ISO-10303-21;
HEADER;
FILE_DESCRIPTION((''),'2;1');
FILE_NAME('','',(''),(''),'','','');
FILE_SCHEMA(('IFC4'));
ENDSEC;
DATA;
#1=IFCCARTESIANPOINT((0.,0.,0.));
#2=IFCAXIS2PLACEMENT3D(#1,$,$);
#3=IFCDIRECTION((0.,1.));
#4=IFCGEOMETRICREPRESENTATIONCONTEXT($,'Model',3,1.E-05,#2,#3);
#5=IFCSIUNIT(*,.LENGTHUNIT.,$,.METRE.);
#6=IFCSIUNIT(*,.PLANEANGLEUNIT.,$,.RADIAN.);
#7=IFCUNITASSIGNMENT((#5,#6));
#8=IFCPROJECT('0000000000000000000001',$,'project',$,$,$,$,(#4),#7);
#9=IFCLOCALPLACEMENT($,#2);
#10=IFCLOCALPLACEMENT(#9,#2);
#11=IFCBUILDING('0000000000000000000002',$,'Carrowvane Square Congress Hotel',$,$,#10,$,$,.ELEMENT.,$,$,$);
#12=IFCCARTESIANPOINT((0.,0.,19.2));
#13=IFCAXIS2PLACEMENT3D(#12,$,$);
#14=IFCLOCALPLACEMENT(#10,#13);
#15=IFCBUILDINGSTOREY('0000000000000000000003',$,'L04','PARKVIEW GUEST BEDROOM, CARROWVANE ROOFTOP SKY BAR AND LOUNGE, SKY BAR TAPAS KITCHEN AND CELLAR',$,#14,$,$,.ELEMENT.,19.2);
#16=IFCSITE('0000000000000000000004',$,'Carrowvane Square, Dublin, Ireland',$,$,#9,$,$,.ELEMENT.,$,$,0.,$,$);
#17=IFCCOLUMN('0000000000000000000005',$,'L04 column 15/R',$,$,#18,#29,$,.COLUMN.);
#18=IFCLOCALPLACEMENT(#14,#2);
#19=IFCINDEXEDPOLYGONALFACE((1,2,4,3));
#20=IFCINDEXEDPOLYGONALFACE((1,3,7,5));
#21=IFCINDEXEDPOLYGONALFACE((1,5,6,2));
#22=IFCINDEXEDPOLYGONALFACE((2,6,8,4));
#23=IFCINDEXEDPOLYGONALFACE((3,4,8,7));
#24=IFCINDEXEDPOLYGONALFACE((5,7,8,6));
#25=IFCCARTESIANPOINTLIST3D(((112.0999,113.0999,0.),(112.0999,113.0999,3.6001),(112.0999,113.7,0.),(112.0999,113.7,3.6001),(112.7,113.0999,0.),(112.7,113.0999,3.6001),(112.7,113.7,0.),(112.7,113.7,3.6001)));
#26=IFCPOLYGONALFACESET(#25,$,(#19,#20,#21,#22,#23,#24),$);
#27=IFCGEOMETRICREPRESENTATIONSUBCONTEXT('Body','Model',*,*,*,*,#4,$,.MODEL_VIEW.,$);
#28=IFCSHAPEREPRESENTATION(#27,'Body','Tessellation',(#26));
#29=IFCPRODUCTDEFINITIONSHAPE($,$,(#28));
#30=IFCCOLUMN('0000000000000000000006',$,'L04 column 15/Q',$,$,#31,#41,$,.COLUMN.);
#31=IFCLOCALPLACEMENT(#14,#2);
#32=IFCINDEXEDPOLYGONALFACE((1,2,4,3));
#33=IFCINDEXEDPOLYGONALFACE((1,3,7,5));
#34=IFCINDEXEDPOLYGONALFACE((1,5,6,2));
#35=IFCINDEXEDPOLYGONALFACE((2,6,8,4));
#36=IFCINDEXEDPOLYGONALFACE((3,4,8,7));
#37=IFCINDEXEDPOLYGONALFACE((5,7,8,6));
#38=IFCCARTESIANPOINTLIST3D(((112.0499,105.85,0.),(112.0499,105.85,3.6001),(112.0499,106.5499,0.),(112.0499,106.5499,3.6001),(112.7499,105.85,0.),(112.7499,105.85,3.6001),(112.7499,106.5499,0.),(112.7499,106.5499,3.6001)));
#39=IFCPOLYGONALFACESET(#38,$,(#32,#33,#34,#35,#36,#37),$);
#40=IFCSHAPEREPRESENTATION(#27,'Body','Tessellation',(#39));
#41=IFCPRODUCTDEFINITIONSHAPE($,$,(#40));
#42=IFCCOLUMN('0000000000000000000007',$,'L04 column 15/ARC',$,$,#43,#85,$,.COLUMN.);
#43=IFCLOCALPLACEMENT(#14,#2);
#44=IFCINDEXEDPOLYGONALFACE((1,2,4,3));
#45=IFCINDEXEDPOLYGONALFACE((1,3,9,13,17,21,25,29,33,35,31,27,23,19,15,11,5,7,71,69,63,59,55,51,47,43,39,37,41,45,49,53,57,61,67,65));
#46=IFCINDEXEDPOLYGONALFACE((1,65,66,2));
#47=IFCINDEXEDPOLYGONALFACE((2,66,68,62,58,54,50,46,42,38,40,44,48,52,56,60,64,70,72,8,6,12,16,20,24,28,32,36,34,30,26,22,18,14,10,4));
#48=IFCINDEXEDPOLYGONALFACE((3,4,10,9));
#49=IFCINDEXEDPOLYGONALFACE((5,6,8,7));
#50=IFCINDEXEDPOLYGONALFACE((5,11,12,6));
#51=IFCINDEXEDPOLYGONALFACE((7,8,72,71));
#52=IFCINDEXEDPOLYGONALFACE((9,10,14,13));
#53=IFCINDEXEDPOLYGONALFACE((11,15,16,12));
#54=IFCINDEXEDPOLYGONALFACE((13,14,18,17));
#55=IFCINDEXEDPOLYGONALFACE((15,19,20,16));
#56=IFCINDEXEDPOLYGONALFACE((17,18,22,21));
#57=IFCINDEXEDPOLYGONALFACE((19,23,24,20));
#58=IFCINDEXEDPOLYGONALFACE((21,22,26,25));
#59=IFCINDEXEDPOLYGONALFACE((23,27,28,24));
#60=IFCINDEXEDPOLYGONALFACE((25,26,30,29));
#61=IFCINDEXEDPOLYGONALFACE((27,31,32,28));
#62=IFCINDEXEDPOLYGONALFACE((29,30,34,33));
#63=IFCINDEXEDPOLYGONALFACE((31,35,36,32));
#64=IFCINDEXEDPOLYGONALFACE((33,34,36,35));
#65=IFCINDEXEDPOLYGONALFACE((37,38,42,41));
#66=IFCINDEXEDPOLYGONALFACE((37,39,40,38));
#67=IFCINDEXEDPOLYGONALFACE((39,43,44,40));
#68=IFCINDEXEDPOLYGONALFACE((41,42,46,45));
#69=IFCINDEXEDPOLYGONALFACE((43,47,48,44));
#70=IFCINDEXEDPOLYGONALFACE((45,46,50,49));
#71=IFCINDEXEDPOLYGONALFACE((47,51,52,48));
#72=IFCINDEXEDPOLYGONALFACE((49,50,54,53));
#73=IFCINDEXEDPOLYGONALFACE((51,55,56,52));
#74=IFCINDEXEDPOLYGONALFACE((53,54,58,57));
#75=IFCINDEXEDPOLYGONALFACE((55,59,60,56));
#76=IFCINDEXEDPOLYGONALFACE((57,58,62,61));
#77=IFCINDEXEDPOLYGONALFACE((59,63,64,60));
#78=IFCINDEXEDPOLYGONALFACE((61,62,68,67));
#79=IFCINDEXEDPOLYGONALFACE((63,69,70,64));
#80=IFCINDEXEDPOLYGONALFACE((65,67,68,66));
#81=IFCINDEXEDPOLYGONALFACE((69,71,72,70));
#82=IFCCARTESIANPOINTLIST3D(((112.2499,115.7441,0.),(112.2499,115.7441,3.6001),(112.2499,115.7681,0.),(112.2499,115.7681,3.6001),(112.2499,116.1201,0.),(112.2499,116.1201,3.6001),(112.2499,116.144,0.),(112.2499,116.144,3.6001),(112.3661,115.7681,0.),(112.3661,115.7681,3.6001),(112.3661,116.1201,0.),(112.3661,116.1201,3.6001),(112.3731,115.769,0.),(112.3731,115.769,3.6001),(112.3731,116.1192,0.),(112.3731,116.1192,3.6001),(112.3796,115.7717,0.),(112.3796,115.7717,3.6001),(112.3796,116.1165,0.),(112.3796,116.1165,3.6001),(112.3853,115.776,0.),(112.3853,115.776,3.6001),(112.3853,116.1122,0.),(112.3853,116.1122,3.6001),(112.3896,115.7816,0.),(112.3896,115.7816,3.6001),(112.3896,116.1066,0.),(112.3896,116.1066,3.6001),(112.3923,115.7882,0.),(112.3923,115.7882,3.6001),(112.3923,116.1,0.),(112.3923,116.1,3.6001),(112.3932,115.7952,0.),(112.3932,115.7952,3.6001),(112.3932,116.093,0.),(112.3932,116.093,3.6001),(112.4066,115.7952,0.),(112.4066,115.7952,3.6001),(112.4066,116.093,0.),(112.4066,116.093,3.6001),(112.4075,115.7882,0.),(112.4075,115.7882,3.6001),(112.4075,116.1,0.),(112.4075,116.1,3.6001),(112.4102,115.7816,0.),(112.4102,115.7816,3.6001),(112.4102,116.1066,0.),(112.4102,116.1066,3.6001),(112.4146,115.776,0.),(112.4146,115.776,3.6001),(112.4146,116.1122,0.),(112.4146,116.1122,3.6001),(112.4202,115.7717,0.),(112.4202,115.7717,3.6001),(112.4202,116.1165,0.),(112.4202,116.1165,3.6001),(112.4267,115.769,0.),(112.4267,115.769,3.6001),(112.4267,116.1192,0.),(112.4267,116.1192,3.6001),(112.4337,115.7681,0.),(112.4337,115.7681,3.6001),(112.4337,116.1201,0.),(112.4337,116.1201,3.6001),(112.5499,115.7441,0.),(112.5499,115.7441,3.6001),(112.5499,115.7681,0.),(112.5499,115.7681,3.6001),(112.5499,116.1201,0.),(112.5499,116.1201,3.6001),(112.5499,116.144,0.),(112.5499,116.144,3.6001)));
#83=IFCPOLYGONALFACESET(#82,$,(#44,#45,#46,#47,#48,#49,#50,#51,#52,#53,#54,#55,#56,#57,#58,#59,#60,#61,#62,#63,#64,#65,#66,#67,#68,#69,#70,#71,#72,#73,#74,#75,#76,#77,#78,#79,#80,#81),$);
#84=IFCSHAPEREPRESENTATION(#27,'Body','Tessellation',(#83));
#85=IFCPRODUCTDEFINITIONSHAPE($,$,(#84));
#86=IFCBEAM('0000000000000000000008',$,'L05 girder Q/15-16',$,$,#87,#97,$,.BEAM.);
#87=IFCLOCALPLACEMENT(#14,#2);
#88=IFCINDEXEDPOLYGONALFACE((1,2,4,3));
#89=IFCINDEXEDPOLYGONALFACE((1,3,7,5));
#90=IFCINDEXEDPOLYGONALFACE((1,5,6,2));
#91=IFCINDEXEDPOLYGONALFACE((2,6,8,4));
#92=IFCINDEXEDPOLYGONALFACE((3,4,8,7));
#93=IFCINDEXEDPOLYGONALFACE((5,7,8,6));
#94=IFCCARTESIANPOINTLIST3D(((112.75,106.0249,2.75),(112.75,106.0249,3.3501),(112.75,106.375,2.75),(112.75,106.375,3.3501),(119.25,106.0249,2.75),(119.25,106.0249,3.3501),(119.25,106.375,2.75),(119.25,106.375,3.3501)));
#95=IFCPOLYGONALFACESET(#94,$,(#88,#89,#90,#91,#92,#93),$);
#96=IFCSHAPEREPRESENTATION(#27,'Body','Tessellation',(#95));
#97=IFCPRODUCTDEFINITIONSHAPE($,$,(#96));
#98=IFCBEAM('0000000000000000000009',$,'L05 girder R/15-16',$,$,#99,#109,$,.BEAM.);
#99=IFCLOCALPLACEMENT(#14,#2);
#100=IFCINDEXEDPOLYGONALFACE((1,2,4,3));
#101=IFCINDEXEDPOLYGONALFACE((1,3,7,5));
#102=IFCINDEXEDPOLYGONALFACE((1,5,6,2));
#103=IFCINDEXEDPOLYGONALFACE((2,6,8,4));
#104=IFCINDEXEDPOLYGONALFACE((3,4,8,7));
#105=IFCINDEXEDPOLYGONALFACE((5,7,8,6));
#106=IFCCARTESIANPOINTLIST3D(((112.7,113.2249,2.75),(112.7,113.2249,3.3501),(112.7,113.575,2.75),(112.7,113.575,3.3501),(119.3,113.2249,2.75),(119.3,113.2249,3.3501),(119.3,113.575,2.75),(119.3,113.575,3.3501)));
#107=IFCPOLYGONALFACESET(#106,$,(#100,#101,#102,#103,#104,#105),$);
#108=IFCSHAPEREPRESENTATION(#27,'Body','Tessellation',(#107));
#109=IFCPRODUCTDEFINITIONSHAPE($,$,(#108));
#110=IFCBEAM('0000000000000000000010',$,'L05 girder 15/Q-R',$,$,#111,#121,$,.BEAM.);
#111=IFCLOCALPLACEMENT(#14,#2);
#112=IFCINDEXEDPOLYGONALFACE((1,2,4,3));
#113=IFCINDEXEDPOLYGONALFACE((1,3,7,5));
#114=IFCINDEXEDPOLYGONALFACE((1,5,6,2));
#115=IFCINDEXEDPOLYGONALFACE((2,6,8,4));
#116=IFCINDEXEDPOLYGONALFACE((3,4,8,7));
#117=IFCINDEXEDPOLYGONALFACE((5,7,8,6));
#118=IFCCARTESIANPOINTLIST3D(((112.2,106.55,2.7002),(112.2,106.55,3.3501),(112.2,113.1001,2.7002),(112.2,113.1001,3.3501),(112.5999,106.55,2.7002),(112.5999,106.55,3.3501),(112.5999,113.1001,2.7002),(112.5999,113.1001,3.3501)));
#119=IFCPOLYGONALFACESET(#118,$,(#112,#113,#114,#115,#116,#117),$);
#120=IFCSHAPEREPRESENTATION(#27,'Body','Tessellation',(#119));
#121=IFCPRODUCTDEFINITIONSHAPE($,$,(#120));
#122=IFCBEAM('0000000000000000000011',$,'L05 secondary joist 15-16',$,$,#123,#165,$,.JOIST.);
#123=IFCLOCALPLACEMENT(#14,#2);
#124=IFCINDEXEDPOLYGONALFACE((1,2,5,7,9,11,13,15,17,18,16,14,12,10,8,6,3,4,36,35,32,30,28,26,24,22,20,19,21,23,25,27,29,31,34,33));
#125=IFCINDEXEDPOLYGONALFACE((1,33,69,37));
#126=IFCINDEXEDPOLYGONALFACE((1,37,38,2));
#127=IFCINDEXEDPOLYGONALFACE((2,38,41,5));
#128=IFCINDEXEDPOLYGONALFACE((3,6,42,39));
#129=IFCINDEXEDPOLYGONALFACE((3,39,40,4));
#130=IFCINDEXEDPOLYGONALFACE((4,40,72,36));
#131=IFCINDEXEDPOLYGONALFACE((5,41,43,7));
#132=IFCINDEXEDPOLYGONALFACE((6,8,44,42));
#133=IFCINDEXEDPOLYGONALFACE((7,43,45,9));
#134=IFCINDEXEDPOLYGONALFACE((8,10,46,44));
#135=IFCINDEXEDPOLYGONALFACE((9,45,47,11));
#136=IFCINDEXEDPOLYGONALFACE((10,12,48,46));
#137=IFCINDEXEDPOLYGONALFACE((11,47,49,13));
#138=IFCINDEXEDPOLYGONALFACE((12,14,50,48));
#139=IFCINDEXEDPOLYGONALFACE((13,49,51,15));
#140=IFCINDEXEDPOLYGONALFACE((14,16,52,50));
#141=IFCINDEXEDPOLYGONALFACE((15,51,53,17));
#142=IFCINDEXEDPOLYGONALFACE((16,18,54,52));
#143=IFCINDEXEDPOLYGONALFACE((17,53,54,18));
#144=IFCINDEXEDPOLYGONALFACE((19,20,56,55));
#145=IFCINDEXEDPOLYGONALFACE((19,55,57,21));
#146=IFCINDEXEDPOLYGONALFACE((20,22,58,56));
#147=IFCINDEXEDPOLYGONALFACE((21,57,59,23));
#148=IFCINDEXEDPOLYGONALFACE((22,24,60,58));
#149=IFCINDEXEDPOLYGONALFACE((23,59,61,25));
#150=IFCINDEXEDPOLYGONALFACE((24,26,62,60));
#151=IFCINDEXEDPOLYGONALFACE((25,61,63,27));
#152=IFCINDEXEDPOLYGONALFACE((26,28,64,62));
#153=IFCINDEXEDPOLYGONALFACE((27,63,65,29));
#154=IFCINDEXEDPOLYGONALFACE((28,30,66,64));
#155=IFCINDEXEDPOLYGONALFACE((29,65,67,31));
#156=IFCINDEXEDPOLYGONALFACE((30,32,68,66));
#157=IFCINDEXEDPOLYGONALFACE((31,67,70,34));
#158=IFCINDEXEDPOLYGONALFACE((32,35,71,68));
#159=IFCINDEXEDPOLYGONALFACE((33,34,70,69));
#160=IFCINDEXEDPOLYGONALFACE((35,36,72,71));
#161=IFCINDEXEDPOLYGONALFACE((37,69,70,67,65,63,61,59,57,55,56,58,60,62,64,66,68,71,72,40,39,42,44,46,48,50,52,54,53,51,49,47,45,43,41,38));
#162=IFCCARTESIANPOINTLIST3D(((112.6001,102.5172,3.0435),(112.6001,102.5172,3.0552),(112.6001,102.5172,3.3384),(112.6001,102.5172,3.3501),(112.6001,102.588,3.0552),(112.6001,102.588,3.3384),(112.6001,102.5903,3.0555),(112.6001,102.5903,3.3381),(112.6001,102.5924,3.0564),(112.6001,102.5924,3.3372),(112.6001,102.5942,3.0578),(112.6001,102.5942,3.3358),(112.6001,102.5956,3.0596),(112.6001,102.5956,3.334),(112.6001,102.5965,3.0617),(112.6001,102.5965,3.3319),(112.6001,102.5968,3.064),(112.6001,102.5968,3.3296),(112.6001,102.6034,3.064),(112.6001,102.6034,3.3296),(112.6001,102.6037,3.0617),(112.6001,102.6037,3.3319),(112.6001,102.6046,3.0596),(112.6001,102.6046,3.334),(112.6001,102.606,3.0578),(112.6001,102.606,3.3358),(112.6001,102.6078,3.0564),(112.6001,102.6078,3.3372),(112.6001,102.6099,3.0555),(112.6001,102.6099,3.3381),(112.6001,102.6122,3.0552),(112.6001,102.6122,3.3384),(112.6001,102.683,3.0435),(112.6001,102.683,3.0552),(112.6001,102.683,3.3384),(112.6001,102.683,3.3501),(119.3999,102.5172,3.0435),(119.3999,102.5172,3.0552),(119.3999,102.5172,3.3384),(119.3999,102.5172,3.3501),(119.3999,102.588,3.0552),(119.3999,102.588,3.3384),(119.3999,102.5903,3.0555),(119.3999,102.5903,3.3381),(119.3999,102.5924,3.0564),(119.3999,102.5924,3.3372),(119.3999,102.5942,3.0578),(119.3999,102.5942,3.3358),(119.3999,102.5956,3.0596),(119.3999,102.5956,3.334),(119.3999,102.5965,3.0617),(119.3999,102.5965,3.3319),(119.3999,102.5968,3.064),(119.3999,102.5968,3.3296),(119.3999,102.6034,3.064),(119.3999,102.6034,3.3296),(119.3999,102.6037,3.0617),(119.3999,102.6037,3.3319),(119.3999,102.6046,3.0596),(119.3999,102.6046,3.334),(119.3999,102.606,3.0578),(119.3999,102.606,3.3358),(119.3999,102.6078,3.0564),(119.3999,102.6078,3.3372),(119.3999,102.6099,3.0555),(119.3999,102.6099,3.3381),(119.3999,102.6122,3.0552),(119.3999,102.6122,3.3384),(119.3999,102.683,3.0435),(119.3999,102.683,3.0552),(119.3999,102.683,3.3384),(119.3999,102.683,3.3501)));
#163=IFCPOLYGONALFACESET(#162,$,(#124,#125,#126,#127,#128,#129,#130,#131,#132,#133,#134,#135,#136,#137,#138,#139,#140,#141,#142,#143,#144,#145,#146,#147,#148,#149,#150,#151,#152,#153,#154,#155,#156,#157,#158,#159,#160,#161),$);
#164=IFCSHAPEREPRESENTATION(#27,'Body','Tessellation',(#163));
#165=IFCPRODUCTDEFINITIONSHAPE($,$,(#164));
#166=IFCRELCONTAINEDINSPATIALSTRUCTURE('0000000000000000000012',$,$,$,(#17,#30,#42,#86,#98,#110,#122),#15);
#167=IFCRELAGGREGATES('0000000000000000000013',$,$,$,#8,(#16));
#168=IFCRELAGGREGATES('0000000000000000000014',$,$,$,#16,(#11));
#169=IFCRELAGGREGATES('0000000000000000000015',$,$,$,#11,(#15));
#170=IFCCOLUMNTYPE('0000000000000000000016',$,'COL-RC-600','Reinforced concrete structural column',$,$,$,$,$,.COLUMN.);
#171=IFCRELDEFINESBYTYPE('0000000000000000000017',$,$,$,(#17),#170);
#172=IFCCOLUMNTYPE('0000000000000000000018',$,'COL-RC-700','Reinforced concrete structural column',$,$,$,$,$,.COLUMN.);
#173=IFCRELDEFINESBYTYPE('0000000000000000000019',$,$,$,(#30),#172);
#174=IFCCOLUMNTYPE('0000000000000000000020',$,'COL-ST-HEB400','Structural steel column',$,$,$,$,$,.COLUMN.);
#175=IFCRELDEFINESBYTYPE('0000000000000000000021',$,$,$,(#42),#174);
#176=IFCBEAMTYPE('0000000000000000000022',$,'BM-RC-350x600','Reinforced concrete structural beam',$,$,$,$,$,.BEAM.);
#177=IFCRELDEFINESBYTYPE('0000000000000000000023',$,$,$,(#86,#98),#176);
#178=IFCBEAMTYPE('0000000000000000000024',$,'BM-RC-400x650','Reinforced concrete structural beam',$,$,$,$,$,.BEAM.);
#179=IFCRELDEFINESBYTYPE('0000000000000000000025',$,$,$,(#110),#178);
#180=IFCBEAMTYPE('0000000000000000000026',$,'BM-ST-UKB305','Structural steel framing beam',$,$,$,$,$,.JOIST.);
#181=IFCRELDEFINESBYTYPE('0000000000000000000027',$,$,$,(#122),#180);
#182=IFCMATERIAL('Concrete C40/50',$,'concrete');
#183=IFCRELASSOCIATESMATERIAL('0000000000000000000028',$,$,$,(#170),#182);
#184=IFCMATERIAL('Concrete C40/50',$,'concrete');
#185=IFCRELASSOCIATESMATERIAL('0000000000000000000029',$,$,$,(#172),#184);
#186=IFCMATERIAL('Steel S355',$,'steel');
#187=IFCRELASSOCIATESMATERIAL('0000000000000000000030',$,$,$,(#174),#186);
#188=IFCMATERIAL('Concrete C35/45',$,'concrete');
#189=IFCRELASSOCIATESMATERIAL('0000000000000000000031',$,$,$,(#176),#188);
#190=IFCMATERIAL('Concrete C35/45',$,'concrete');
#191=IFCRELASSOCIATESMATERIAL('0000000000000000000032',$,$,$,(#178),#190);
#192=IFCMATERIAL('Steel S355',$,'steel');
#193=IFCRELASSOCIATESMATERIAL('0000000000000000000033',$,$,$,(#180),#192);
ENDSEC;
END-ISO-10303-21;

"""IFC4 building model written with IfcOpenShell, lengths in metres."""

from ifc_helpers import new_model, si_unit, direction, frame, origin, origin_2d, place, context, subcontext, project, spatial, rectangle, i_section, extrude, material, material_profile, profile_set, type_object, element, save


model = new_model("IFC4")

# Units and contexts
model_context = context("Model", 3, precision=1e-05, world=origin(), true_north=direction((0.0, 1.0)))
body_context = subcontext(model_context, "Body", "Model", "MODEL_VIEW")
ifc_project = project(units=[si_unit("LENGTHUNIT", "METRE"), si_unit("PLANEANGLEUNIT", "RADIAN")], contexts=[model_context])

# Site, building, storey
site_placement = place(None, origin())
site = spatial("IfcSite", under=ifc_project, at=site_placement, Name="Carrowvane Square, Dublin, Ireland", CompositionType="ELEMENT", RefElevation=0.0)
building_placement = place(site_placement, origin())
building = spatial("IfcBuilding", under=site, at=building_placement, Name="Carrowvane Square Congress Hotel", CompositionType="ELEMENT")
storey_placement = place(building_placement, frame((0.0, 0.0, 19.2)))
storey = spatial("IfcBuildingStorey", under=building, at=storey_placement, Name="L04", Description="PARKVIEW GUEST BEDROOM, CARROWVANE ROOFTOP SKY BAR AND LOUNGE, SKY BAR TAPAS KITCHEN AND CELLAR", CompositionType="ELEMENT", Elevation=19.2)

# Columns
ifc_material_1 = material(Name="Concrete C40/50", Category="concrete")
ifc_material_profile_1 = material_profile(ifc_material_1, rectangle(XDim=0.6001, YDim=0.6001, at=origin_2d()), Name="RC 600x600")
ifc_profile_set_1 = profile_set([ifc_material_profile_1], Name="Concrete C40/50")
column_type_1 = type_object("IfcColumnType", Name="COL-RC-600", Description="Reinforced concrete structural column", PredefinedType="COLUMN", material=ifc_profile_set_1)
column_1_placement = place(storey_placement, frame((112.3999, 113.3999, 0.0), z_axis=(0.0, 0.0, 1.0), x_axis=(1.0, 0.0, 0.0)))
element("IfcColumn", 1, at=column_1_placement, inside=storey, type_object=column_type_1, Name="L04 column 15/R", PredefinedType="COLUMN", context=body_context, shape_type="SweptSolid", body=[
    extrude(rectangle(XDim=0.6001, YDim=0.6001, at=origin_2d()), origin(), (0.0, 0.0, 1.0), 3.6001),
])
ifc_material_2 = material(Name="Concrete C40/50", Category="concrete")
ifc_material_profile_2 = material_profile(ifc_material_2, rectangle(XDim=0.7, YDim=0.7, at=origin_2d()), Name="RC 700x700")
ifc_profile_set_2 = profile_set([ifc_material_profile_2], Name="Concrete C40/50")
column_type_2 = type_object("IfcColumnType", Name="COL-RC-700", Description="Reinforced concrete structural column", PredefinedType="COLUMN", material=ifc_profile_set_2)
column_2_placement = place(storey_placement, frame((112.3999, 106.2, 0.0), z_axis=(0.0, 0.0, 1.0), x_axis=(1.0, 0.0, 0.0)))
element("IfcColumn", 2, at=column_2_placement, inside=storey, type_object=column_type_2, Name="L04 column 15/Q", PredefinedType="COLUMN", context=body_context, shape_type="SweptSolid", body=[
    extrude(rectangle(XDim=0.7, YDim=0.7, at=origin_2d()), origin(), (0.0, 0.0, 1.0), 3.6001),
])
ifc_material_3 = material(Name="Steel S355", Category="steel")
ifc_material_profile_3 = material_profile(ifc_material_3, i_section(OverallWidth=0.3, OverallDepth=0.3999, WebThickness=0.0134, FlangeThickness=0.0239, FilletRadius=0.0271, at=origin_2d()), Name="HEB 400")
ifc_profile_set_3 = profile_set([ifc_material_profile_3], Name="Steel S355")
column_type_3 = type_object("IfcColumnType", Name="COL-ST-HEB400", Description="Structural steel column", PredefinedType="COLUMN", material=ifc_profile_set_3)
column_3_placement = place(storey_placement, frame((112.3999, 115.9441, 0.0), z_axis=(0.0, 0.0, 1.0), x_axis=(1.0, 0.0, 0.0)))
element("IfcColumn", 3, at=column_3_placement, inside=storey, type_object=column_type_3, Name="L04 column 15/ARC", PredefinedType="COLUMN", context=body_context, shape_type="SweptSolid", body=[
    extrude(i_section(OverallWidth=0.3, OverallDepth=0.3999, WebThickness=0.0134, FlangeThickness=0.0239, FilletRadius=0.0271, at=origin_2d()), origin(), (0.0, 0.0, 1.0), 3.6001),
])

# Beams
ifc_material_4 = material(Name="Concrete C35/45", Category="concrete")
ifc_material_profile_4 = material_profile(ifc_material_4, rectangle(XDim=0.3501, YDim=0.6001, at=origin_2d()), Name="RC 350x600")
ifc_profile_set_4 = profile_set([ifc_material_profile_4], Name="Concrete C35/45")
beam_type_1 = type_object("IfcBeamType", Name="BM-RC-350x600", Description="Reinforced concrete structural beam", PredefinedType="BEAM", material=ifc_profile_set_4)
beam_1_placement = place(storey_placement, frame((112.75, 106.2, 3.05), z_axis=(1.0, 0.0, 0.0), x_axis=(0.0, 1.0, 0.0)))
element("IfcBeam", 4, at=beam_1_placement, inside=storey, type_object=beam_type_1, Name="L05 girder Q/15-16", PredefinedType="BEAM", context=body_context, shape_type="SweptSolid", body=[
    extrude(rectangle(XDim=0.3501, YDim=0.6001, at=origin_2d()), origin(), (0.0, 0.0, 1.0), 6.5),
])
beam_2_placement = place(storey_placement, frame((112.7, 113.3999, 3.05), z_axis=(1.0, 0.0, 0.0), x_axis=(0.0, 1.0, 0.0)))
element("IfcBeam", 5, at=beam_2_placement, inside=storey, type_object=beam_type_1, Name="L05 girder R/15-16", PredefinedType="BEAM", context=body_context, shape_type="SweptSolid", body=[
    extrude(rectangle(XDim=0.3501, YDim=0.6001, at=origin_2d()), origin(), (0.0, 0.0, 1.0), 6.6001),
])
ifc_material_5 = material(Name="Concrete C35/45", Category="concrete")
ifc_material_profile_5 = material_profile(ifc_material_5, rectangle(XDim=0.3999, YDim=0.6499, at=origin_2d()), Name="RC 400x650")
ifc_profile_set_5 = profile_set([ifc_material_profile_5], Name="Concrete C35/45")
beam_type_2 = type_object("IfcBeamType", Name="BM-RC-400x650", Description="Reinforced concrete structural beam", PredefinedType="BEAM", material=ifc_profile_set_5)
beam_3_placement = place(storey_placement, frame((112.3999, 106.55, 3.0251), z_axis=(0.0, 1.0, 0.0), x_axis=(-1.0, 0.0, 0.0)))
element("IfcBeam", 6, at=beam_3_placement, inside=storey, type_object=beam_type_2, Name="L05 girder 15/Q-R", PredefinedType="BEAM", context=body_context, shape_type="SweptSolid", body=[
    extrude(rectangle(XDim=0.3999, YDim=0.6499, at=origin_2d()), origin(), (0.0, 0.0, 1.0), 6.55),
])
ifc_material_6 = material(Name="Steel S355", Category="steel")
ifc_material_profile_6 = material_profile(ifc_material_6, i_section(OverallWidth=0.1658, OverallDepth=0.3066, WebThickness=0.0066, FlangeThickness=0.0117, FilletRadius=0.0088, at=origin_2d()), Name="UKB 305x165x46")
ifc_profile_set_6 = profile_set([ifc_material_profile_6], Name="Steel S355")
beam_type_3 = type_object("IfcBeamType", Name="BM-ST-UKB305", Description="Structural steel framing beam", PredefinedType="JOIST", material=ifc_profile_set_6)
for number, where, z_axis, x_axis, name in (
    (7, (112.6001, 102.6001, 3.1968), (1.0, 0.0, 0.0), (0.0, 1.0, 0.0), "L05 secondary joist 15-16"),
):
    element("IfcBeam", number, at=place(storey_placement, frame(where, z_axis=z_axis, x_axis=x_axis)), inside=storey, type_object=beam_type_3, Name=name, PredefinedType="JOIST", context=body_context, shape_type="SweptSolid", body=[
        extrude(i_section(OverallWidth=0.1658, OverallDepth=0.3066, WebThickness=0.0066, FlangeThickness=0.0117, FilletRadius=0.0088, at=origin_2d()), origin(), (0.0, 0.0, 1.0), 6.7998),
    ])

save(model, "model.ifc")
